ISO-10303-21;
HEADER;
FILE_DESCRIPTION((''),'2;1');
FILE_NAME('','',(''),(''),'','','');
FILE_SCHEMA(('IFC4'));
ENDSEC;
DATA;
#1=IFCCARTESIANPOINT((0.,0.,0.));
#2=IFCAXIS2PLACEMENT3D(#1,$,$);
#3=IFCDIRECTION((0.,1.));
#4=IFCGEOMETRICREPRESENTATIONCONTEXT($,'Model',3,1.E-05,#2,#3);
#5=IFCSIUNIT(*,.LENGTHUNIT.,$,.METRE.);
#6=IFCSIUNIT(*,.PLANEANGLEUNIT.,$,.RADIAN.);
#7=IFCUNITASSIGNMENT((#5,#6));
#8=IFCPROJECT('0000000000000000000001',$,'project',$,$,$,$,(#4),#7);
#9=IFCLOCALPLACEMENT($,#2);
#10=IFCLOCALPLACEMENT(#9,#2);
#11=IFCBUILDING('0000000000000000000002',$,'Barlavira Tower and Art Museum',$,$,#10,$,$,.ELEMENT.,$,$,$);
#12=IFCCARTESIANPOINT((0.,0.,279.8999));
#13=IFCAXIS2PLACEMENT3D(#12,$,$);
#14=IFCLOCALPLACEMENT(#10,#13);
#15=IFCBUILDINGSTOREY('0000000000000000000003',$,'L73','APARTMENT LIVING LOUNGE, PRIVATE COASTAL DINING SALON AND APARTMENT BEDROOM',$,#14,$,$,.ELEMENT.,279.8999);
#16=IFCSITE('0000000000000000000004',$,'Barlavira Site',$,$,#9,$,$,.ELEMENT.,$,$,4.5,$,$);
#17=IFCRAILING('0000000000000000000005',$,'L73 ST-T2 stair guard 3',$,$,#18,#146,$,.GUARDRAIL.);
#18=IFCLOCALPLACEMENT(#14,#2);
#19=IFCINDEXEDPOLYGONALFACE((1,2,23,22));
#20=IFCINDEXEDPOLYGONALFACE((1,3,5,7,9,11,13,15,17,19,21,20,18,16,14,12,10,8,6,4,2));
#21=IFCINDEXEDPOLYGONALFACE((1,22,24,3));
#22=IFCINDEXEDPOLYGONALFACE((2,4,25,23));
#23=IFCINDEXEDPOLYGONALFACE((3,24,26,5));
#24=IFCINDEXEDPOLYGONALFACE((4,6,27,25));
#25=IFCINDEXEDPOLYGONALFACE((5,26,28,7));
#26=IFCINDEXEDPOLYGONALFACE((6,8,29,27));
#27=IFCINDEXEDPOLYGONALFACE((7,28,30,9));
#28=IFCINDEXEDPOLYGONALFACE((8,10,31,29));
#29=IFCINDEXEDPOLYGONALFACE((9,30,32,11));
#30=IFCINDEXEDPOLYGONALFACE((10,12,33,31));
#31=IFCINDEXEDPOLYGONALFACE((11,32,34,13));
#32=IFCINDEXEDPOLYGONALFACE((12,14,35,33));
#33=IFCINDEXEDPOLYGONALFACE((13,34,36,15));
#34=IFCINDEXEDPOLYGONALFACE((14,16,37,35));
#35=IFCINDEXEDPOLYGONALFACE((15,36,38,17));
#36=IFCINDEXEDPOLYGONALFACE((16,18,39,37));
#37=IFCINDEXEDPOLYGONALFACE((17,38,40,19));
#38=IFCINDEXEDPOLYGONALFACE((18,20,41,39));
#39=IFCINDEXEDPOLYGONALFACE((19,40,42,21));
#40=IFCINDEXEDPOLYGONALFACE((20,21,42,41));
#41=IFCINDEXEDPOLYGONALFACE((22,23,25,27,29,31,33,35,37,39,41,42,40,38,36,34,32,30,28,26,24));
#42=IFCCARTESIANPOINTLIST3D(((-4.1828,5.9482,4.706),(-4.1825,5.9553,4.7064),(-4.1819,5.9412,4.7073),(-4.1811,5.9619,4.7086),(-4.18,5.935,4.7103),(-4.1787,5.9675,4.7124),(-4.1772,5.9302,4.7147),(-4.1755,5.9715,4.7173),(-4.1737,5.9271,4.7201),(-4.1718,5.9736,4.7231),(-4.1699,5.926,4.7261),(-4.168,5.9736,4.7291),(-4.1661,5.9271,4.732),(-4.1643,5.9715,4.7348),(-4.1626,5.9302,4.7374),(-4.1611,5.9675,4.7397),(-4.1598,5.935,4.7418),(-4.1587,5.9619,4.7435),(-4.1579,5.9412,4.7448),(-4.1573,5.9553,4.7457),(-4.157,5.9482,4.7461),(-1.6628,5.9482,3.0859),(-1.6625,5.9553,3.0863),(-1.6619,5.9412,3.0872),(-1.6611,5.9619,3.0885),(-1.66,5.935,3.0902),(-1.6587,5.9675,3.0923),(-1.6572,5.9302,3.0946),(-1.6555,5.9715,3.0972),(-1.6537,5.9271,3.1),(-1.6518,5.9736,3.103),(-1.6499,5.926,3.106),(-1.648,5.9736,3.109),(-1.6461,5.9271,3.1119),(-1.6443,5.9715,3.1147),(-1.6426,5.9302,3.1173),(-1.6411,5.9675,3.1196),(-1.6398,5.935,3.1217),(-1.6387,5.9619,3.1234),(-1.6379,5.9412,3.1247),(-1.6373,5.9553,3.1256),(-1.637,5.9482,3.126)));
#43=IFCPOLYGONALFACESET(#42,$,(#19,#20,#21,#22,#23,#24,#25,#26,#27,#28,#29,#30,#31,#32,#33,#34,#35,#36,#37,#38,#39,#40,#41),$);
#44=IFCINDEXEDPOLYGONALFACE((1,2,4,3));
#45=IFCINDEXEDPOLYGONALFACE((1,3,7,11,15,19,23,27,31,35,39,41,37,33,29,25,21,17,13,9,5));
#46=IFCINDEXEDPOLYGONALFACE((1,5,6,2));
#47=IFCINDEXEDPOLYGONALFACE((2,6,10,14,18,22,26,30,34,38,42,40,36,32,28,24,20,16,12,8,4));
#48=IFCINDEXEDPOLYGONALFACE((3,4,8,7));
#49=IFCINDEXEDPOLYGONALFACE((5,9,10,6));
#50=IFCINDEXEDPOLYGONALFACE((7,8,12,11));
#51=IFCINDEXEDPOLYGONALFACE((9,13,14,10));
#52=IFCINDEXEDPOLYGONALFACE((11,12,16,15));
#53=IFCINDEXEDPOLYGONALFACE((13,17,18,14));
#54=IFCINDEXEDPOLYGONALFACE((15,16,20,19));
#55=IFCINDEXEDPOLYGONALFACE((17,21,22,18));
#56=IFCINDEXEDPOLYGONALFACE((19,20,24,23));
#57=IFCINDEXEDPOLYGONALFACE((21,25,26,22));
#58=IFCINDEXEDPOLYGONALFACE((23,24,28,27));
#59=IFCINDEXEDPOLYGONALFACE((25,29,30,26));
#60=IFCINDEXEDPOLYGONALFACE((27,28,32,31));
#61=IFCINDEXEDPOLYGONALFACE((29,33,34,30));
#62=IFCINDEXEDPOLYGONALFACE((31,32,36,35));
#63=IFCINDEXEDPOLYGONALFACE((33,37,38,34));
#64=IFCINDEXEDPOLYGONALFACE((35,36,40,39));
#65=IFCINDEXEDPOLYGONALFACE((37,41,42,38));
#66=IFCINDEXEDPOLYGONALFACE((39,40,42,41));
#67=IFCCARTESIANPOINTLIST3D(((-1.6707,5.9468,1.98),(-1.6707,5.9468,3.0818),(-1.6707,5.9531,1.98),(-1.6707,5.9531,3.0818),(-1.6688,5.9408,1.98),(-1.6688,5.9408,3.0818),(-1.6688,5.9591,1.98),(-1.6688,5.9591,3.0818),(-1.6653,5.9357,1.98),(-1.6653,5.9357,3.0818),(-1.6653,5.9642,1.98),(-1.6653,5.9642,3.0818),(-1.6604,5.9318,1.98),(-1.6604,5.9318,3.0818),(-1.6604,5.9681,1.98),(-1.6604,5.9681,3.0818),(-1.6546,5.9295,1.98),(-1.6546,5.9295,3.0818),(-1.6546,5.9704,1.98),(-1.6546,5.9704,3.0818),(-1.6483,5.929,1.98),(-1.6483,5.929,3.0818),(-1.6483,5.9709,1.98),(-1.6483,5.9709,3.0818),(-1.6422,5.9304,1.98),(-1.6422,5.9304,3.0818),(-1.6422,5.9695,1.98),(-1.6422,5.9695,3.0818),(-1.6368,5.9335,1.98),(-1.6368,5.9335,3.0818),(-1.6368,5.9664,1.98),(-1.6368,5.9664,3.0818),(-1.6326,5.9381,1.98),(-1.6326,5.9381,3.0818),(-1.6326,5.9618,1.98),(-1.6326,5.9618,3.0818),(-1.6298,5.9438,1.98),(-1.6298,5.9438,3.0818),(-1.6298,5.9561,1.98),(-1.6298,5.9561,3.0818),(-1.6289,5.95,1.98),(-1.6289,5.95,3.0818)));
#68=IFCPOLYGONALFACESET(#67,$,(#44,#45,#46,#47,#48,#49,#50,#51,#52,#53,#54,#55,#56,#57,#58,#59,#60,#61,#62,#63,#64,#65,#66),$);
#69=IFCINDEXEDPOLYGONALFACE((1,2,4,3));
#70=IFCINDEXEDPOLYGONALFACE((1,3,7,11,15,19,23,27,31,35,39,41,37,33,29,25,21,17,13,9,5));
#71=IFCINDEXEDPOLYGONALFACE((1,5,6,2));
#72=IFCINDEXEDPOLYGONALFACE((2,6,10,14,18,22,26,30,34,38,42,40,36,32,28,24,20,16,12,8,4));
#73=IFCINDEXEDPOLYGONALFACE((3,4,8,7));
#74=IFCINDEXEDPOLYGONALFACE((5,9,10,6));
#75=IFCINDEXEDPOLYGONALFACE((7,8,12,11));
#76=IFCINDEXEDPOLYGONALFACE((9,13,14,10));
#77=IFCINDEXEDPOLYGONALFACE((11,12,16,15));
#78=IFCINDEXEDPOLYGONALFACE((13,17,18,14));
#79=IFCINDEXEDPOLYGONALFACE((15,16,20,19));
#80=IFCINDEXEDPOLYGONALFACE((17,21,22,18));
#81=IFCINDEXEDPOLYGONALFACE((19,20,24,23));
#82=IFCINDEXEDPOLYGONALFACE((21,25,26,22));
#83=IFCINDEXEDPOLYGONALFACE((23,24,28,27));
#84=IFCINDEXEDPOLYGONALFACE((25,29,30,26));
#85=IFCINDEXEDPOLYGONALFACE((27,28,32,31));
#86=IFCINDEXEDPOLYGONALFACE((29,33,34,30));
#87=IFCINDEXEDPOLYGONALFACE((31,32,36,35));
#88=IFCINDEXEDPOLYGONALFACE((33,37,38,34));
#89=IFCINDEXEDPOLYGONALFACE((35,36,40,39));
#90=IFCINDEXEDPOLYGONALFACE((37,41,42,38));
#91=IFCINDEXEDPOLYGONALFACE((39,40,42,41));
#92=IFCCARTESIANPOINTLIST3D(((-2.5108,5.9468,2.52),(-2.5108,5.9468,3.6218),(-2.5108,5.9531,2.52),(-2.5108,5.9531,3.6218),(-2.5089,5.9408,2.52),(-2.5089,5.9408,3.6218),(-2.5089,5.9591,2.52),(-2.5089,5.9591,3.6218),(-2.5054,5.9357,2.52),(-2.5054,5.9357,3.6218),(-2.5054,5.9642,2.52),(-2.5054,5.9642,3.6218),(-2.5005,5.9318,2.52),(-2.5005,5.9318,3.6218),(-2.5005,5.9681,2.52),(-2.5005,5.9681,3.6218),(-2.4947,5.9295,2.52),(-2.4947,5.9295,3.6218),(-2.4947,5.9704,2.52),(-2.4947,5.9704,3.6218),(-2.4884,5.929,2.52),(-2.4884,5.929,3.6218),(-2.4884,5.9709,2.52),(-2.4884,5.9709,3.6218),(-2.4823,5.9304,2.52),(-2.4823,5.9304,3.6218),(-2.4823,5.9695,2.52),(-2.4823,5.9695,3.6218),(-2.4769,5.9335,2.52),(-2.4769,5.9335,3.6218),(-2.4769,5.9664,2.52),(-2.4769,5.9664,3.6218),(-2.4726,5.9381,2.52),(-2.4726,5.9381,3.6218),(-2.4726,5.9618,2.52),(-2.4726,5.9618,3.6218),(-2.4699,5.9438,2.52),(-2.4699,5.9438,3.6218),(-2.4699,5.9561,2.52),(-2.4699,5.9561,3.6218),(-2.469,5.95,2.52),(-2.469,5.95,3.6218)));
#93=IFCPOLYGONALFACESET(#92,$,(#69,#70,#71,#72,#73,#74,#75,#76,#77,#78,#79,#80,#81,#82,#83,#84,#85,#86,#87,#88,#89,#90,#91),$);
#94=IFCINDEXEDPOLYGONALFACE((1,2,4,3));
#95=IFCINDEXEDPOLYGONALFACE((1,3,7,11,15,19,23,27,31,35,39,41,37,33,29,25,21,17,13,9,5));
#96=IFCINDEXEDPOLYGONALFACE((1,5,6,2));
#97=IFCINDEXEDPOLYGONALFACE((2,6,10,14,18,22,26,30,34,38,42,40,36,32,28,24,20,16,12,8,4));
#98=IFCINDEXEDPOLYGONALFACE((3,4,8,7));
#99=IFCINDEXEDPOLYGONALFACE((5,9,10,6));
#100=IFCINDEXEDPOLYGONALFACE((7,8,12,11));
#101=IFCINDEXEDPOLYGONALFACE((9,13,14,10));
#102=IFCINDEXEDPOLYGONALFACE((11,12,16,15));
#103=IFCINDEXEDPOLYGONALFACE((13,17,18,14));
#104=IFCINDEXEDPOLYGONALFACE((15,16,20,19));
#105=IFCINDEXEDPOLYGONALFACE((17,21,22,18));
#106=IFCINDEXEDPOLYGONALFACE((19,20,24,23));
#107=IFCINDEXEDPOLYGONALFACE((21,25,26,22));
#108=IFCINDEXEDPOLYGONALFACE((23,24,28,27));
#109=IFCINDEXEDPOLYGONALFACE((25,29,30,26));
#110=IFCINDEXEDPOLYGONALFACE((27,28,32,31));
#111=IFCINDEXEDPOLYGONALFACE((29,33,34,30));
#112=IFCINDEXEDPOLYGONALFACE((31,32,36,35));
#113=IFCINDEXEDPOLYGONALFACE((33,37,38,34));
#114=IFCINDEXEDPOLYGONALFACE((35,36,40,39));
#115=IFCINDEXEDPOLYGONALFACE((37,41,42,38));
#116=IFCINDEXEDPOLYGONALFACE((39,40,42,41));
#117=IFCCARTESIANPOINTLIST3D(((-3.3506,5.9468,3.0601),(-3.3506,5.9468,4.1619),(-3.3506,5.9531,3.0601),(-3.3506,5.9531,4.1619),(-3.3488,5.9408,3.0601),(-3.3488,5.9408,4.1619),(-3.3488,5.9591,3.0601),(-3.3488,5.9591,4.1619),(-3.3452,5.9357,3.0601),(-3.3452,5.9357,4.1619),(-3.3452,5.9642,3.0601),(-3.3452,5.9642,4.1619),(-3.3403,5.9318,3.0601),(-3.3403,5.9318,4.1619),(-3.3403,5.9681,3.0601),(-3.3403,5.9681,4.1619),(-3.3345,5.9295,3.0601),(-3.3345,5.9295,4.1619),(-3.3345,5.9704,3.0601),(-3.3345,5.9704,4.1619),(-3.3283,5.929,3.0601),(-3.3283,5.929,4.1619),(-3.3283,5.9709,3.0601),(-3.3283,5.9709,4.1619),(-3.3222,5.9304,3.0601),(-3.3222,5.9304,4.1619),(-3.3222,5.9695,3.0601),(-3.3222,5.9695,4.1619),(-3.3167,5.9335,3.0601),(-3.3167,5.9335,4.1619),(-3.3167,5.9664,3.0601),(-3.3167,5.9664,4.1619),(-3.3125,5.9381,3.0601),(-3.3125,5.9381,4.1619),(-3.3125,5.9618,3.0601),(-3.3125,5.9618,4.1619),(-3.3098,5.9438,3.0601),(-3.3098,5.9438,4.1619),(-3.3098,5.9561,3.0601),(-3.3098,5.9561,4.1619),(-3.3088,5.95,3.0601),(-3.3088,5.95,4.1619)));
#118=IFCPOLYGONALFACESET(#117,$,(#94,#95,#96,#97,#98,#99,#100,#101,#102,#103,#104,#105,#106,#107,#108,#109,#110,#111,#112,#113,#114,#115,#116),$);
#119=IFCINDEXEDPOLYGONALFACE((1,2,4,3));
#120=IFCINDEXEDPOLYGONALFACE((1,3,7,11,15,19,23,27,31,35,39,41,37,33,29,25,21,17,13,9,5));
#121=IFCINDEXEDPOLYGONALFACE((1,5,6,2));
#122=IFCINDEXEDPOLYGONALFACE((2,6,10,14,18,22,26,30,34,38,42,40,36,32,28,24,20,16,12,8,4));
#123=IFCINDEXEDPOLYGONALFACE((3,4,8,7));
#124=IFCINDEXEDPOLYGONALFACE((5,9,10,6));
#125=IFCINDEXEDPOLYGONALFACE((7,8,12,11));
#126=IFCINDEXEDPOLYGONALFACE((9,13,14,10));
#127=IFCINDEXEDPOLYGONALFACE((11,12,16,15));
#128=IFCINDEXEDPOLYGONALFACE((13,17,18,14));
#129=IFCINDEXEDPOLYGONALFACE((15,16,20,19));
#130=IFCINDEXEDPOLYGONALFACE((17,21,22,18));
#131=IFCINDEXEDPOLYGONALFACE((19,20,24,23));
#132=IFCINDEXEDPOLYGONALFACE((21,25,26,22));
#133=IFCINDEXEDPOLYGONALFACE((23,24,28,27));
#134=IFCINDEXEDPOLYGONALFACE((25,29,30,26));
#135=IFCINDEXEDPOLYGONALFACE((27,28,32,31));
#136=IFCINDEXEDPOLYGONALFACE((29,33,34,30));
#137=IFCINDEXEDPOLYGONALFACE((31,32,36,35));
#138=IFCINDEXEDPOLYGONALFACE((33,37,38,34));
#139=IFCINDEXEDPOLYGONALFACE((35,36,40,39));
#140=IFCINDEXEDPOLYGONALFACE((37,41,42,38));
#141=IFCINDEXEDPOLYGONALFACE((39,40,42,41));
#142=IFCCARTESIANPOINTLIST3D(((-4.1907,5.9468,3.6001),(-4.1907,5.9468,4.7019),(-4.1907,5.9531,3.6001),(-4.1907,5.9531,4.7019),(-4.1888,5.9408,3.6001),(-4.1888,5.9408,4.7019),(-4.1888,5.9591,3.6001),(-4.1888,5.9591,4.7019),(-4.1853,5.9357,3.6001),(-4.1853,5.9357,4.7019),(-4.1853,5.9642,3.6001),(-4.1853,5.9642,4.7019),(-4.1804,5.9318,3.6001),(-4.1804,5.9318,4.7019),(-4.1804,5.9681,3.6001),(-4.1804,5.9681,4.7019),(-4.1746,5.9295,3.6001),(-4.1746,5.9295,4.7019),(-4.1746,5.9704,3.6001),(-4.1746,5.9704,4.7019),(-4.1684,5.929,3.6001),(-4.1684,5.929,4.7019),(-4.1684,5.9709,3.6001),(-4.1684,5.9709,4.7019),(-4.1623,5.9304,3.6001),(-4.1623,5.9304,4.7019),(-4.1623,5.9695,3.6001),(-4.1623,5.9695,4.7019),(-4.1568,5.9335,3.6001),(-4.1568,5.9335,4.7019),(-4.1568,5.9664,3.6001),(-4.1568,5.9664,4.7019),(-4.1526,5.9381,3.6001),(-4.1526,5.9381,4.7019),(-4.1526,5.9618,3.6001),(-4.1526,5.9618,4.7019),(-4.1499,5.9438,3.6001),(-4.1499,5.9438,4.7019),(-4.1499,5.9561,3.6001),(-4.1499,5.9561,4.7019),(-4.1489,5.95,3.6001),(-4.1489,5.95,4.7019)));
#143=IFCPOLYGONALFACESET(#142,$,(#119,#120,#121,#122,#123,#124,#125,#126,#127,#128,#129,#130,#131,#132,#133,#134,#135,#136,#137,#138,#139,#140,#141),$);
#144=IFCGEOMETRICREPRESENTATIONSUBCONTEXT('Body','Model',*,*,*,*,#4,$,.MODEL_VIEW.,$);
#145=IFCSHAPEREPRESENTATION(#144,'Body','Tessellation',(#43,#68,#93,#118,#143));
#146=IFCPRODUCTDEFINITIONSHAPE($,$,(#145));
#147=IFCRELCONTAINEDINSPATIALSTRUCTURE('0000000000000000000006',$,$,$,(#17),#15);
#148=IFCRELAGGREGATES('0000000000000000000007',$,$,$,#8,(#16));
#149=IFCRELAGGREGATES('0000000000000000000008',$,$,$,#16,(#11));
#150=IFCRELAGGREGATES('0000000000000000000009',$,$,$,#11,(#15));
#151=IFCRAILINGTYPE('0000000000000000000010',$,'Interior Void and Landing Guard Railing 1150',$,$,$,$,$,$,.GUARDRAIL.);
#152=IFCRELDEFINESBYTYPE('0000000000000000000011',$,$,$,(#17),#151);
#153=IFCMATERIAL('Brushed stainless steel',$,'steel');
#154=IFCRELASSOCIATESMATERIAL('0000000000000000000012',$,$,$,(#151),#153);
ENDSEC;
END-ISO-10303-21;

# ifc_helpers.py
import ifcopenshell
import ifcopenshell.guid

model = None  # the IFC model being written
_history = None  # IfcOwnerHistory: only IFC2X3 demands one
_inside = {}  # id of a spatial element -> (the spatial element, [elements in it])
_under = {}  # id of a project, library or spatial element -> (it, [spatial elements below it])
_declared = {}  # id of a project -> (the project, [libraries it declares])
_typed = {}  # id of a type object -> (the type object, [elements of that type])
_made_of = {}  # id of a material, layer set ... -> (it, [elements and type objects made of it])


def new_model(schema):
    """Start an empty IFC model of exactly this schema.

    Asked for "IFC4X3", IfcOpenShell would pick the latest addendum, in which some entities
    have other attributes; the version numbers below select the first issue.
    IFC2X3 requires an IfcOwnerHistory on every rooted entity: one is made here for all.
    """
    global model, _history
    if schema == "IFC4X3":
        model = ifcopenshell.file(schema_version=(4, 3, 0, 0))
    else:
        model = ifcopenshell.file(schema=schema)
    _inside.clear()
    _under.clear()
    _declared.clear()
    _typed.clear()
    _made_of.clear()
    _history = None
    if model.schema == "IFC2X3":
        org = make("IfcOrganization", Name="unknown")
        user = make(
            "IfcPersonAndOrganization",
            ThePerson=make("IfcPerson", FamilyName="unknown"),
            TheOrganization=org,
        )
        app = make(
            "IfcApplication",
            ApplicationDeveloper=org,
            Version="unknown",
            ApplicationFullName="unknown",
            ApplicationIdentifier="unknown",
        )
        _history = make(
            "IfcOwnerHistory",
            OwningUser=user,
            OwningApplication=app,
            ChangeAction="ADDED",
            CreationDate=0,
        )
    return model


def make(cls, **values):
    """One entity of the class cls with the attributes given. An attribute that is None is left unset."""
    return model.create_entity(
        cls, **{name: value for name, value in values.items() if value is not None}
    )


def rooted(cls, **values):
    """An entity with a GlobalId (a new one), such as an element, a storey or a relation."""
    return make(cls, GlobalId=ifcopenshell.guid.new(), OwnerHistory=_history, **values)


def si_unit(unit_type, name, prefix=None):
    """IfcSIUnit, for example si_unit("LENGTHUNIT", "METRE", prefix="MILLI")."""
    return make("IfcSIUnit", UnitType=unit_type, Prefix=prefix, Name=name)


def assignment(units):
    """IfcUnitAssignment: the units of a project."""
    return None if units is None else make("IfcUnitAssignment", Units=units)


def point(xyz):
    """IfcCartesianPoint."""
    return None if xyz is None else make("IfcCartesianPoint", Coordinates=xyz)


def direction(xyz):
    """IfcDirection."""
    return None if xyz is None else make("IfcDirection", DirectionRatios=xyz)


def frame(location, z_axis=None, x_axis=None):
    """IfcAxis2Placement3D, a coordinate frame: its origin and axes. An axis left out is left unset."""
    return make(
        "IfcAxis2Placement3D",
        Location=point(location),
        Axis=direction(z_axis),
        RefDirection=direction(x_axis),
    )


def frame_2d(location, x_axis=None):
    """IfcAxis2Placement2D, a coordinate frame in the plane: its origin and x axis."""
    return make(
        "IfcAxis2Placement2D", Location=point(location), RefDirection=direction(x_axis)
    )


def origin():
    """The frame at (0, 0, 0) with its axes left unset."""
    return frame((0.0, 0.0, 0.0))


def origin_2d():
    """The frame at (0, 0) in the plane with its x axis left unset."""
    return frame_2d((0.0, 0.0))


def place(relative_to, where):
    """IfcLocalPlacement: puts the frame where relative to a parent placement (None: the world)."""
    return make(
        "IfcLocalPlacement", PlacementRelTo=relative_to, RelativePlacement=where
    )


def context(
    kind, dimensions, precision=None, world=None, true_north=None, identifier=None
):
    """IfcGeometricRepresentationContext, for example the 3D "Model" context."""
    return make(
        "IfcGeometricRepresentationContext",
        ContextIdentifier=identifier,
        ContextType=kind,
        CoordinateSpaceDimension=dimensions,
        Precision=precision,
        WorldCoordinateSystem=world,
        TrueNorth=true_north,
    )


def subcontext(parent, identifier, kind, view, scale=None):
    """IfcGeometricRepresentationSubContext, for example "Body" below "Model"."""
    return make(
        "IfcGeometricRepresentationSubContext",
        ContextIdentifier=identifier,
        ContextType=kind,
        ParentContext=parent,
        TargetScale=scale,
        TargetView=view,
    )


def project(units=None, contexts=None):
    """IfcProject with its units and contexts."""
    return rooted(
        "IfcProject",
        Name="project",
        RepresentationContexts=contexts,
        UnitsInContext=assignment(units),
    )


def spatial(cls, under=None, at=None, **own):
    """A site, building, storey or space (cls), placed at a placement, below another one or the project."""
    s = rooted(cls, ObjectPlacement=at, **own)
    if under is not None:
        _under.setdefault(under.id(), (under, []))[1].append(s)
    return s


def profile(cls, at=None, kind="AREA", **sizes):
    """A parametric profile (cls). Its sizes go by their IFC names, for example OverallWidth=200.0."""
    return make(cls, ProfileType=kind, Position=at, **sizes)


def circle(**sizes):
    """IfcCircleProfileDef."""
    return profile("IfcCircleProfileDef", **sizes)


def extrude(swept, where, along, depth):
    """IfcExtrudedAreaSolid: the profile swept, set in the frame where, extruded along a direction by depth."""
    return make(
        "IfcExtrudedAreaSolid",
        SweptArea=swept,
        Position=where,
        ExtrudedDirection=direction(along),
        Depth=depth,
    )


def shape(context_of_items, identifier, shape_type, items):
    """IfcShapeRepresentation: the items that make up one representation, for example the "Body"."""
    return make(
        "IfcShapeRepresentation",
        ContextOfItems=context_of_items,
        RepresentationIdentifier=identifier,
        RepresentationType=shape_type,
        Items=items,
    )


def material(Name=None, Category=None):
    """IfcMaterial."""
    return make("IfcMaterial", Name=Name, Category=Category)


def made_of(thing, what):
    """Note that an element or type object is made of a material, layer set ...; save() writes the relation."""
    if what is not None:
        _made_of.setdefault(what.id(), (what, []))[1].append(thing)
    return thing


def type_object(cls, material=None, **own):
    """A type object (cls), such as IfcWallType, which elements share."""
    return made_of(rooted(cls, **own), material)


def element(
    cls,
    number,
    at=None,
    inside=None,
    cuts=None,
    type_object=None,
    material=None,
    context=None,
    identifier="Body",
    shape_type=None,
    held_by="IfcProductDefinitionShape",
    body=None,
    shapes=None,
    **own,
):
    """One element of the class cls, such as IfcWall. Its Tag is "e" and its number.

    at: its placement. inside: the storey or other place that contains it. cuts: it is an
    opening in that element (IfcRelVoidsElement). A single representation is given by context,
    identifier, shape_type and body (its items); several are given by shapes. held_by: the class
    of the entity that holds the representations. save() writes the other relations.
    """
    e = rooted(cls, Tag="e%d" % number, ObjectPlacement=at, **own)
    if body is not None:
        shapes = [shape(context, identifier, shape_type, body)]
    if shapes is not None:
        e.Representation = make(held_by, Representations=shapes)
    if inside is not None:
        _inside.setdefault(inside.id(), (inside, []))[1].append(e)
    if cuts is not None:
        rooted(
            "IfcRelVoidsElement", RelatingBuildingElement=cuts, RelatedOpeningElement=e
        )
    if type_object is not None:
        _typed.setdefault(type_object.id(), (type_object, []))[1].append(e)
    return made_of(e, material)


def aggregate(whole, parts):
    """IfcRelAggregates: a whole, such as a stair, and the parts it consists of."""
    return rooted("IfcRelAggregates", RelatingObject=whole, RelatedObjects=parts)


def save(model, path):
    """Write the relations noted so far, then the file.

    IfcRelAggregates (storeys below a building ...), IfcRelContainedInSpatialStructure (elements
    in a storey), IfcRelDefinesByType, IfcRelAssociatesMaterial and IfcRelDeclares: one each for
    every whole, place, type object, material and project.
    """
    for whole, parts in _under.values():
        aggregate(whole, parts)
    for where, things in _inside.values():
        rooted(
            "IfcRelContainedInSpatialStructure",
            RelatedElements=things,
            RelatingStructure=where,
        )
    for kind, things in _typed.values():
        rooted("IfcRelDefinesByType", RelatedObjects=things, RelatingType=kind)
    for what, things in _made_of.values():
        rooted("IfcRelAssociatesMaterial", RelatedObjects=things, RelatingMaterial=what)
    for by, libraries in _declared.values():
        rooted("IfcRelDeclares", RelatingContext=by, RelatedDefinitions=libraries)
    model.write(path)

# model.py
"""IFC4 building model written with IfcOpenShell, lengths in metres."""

from ifc_helpers import new_model, si_unit, direction, frame, origin, origin_2d, place, context, subcontext, project, spatial, circle, extrude, material, type_object, element, save


model = new_model("IFC4")

# Units and contexts
model_context = context("Model", 3, precision=1e-05, world=origin(), true_north=direction((0.0, 1.0)))
body_context = subcontext(model_context, "Body", "Model", "MODEL_VIEW")
ifc_project = project(units=[si_unit("LENGTHUNIT", "METRE"), si_unit("PLANEANGLEUNIT", "RADIAN")], contexts=[model_context])

# Site, building, storey
site_placement = place(None, origin())
site = spatial("IfcSite", under=ifc_project, at=site_placement, Name="Barlavira Site", CompositionType="ELEMENT", RefElevation=4.5)
building_placement = place(site_placement, origin())
building = spatial("IfcBuilding", under=site, at=building_placement, Name="Barlavira Tower and Art Museum", CompositionType="ELEMENT")
storey_placement = place(building_placement, frame((0.0, 0.0, 279.8999)))
storey = spatial("IfcBuildingStorey", under=building, at=storey_placement, Name="L73", Description="APARTMENT LIVING LOUNGE, PRIVATE COASTAL DINING SALON AND APARTMENT BEDROOM", CompositionType="ELEMENT", Elevation=279.8999)

# Railing
ifc_material_1 = material(Name="Brushed stainless steel", Category="steel")
railing_type_1 = type_object("IfcRailingType", Name="Interior Void and Landing Guard Railing 1150", PredefinedType="GUARDRAIL", material=ifc_material_1)
railing_1_placement = place(storey_placement, frame((-1.6499, 5.95, 1.98)))
element("IfcRailing", 1, at=railing_1_placement, inside=storey, type_object=railing_type_1, Name="L73 ST-T2 stair guard 3", PredefinedType="GUARDRAIL", context=body_context, shape_type="SweptSolid", body=[
    extrude(circle(Radius=0.0239, at=origin_2d()), frame((0.0, 0.0, 1.126), z_axis=(-0.841163, 0.0, 0.540782), x_axis=(0.0, -1.0, 0.0)), (0.0, 0.0, 1.0), 2.9958),
    extrude(circle(Radius=0.021, at=origin_2d()), origin(), (0.0, 0.0, 1.0), 1.1018),
    extrude(circle(Radius=0.021, at=origin_2d()), frame((-0.8401, 0.0, 0.54)), (0.0, 0.0, 1.0), 1.1018),
    extrude(circle(Radius=0.021, at=origin_2d()), frame((-1.6799, 0.0, 1.0801)), (0.0, 0.0, 1.0), 1.1018),
    extrude(circle(Radius=0.021, at=origin_2d()), frame((-2.52, 0.0, 1.6201)), (0.0, 0.0, 1.0), 1.1018),
])

save(model, "model.ifc")
